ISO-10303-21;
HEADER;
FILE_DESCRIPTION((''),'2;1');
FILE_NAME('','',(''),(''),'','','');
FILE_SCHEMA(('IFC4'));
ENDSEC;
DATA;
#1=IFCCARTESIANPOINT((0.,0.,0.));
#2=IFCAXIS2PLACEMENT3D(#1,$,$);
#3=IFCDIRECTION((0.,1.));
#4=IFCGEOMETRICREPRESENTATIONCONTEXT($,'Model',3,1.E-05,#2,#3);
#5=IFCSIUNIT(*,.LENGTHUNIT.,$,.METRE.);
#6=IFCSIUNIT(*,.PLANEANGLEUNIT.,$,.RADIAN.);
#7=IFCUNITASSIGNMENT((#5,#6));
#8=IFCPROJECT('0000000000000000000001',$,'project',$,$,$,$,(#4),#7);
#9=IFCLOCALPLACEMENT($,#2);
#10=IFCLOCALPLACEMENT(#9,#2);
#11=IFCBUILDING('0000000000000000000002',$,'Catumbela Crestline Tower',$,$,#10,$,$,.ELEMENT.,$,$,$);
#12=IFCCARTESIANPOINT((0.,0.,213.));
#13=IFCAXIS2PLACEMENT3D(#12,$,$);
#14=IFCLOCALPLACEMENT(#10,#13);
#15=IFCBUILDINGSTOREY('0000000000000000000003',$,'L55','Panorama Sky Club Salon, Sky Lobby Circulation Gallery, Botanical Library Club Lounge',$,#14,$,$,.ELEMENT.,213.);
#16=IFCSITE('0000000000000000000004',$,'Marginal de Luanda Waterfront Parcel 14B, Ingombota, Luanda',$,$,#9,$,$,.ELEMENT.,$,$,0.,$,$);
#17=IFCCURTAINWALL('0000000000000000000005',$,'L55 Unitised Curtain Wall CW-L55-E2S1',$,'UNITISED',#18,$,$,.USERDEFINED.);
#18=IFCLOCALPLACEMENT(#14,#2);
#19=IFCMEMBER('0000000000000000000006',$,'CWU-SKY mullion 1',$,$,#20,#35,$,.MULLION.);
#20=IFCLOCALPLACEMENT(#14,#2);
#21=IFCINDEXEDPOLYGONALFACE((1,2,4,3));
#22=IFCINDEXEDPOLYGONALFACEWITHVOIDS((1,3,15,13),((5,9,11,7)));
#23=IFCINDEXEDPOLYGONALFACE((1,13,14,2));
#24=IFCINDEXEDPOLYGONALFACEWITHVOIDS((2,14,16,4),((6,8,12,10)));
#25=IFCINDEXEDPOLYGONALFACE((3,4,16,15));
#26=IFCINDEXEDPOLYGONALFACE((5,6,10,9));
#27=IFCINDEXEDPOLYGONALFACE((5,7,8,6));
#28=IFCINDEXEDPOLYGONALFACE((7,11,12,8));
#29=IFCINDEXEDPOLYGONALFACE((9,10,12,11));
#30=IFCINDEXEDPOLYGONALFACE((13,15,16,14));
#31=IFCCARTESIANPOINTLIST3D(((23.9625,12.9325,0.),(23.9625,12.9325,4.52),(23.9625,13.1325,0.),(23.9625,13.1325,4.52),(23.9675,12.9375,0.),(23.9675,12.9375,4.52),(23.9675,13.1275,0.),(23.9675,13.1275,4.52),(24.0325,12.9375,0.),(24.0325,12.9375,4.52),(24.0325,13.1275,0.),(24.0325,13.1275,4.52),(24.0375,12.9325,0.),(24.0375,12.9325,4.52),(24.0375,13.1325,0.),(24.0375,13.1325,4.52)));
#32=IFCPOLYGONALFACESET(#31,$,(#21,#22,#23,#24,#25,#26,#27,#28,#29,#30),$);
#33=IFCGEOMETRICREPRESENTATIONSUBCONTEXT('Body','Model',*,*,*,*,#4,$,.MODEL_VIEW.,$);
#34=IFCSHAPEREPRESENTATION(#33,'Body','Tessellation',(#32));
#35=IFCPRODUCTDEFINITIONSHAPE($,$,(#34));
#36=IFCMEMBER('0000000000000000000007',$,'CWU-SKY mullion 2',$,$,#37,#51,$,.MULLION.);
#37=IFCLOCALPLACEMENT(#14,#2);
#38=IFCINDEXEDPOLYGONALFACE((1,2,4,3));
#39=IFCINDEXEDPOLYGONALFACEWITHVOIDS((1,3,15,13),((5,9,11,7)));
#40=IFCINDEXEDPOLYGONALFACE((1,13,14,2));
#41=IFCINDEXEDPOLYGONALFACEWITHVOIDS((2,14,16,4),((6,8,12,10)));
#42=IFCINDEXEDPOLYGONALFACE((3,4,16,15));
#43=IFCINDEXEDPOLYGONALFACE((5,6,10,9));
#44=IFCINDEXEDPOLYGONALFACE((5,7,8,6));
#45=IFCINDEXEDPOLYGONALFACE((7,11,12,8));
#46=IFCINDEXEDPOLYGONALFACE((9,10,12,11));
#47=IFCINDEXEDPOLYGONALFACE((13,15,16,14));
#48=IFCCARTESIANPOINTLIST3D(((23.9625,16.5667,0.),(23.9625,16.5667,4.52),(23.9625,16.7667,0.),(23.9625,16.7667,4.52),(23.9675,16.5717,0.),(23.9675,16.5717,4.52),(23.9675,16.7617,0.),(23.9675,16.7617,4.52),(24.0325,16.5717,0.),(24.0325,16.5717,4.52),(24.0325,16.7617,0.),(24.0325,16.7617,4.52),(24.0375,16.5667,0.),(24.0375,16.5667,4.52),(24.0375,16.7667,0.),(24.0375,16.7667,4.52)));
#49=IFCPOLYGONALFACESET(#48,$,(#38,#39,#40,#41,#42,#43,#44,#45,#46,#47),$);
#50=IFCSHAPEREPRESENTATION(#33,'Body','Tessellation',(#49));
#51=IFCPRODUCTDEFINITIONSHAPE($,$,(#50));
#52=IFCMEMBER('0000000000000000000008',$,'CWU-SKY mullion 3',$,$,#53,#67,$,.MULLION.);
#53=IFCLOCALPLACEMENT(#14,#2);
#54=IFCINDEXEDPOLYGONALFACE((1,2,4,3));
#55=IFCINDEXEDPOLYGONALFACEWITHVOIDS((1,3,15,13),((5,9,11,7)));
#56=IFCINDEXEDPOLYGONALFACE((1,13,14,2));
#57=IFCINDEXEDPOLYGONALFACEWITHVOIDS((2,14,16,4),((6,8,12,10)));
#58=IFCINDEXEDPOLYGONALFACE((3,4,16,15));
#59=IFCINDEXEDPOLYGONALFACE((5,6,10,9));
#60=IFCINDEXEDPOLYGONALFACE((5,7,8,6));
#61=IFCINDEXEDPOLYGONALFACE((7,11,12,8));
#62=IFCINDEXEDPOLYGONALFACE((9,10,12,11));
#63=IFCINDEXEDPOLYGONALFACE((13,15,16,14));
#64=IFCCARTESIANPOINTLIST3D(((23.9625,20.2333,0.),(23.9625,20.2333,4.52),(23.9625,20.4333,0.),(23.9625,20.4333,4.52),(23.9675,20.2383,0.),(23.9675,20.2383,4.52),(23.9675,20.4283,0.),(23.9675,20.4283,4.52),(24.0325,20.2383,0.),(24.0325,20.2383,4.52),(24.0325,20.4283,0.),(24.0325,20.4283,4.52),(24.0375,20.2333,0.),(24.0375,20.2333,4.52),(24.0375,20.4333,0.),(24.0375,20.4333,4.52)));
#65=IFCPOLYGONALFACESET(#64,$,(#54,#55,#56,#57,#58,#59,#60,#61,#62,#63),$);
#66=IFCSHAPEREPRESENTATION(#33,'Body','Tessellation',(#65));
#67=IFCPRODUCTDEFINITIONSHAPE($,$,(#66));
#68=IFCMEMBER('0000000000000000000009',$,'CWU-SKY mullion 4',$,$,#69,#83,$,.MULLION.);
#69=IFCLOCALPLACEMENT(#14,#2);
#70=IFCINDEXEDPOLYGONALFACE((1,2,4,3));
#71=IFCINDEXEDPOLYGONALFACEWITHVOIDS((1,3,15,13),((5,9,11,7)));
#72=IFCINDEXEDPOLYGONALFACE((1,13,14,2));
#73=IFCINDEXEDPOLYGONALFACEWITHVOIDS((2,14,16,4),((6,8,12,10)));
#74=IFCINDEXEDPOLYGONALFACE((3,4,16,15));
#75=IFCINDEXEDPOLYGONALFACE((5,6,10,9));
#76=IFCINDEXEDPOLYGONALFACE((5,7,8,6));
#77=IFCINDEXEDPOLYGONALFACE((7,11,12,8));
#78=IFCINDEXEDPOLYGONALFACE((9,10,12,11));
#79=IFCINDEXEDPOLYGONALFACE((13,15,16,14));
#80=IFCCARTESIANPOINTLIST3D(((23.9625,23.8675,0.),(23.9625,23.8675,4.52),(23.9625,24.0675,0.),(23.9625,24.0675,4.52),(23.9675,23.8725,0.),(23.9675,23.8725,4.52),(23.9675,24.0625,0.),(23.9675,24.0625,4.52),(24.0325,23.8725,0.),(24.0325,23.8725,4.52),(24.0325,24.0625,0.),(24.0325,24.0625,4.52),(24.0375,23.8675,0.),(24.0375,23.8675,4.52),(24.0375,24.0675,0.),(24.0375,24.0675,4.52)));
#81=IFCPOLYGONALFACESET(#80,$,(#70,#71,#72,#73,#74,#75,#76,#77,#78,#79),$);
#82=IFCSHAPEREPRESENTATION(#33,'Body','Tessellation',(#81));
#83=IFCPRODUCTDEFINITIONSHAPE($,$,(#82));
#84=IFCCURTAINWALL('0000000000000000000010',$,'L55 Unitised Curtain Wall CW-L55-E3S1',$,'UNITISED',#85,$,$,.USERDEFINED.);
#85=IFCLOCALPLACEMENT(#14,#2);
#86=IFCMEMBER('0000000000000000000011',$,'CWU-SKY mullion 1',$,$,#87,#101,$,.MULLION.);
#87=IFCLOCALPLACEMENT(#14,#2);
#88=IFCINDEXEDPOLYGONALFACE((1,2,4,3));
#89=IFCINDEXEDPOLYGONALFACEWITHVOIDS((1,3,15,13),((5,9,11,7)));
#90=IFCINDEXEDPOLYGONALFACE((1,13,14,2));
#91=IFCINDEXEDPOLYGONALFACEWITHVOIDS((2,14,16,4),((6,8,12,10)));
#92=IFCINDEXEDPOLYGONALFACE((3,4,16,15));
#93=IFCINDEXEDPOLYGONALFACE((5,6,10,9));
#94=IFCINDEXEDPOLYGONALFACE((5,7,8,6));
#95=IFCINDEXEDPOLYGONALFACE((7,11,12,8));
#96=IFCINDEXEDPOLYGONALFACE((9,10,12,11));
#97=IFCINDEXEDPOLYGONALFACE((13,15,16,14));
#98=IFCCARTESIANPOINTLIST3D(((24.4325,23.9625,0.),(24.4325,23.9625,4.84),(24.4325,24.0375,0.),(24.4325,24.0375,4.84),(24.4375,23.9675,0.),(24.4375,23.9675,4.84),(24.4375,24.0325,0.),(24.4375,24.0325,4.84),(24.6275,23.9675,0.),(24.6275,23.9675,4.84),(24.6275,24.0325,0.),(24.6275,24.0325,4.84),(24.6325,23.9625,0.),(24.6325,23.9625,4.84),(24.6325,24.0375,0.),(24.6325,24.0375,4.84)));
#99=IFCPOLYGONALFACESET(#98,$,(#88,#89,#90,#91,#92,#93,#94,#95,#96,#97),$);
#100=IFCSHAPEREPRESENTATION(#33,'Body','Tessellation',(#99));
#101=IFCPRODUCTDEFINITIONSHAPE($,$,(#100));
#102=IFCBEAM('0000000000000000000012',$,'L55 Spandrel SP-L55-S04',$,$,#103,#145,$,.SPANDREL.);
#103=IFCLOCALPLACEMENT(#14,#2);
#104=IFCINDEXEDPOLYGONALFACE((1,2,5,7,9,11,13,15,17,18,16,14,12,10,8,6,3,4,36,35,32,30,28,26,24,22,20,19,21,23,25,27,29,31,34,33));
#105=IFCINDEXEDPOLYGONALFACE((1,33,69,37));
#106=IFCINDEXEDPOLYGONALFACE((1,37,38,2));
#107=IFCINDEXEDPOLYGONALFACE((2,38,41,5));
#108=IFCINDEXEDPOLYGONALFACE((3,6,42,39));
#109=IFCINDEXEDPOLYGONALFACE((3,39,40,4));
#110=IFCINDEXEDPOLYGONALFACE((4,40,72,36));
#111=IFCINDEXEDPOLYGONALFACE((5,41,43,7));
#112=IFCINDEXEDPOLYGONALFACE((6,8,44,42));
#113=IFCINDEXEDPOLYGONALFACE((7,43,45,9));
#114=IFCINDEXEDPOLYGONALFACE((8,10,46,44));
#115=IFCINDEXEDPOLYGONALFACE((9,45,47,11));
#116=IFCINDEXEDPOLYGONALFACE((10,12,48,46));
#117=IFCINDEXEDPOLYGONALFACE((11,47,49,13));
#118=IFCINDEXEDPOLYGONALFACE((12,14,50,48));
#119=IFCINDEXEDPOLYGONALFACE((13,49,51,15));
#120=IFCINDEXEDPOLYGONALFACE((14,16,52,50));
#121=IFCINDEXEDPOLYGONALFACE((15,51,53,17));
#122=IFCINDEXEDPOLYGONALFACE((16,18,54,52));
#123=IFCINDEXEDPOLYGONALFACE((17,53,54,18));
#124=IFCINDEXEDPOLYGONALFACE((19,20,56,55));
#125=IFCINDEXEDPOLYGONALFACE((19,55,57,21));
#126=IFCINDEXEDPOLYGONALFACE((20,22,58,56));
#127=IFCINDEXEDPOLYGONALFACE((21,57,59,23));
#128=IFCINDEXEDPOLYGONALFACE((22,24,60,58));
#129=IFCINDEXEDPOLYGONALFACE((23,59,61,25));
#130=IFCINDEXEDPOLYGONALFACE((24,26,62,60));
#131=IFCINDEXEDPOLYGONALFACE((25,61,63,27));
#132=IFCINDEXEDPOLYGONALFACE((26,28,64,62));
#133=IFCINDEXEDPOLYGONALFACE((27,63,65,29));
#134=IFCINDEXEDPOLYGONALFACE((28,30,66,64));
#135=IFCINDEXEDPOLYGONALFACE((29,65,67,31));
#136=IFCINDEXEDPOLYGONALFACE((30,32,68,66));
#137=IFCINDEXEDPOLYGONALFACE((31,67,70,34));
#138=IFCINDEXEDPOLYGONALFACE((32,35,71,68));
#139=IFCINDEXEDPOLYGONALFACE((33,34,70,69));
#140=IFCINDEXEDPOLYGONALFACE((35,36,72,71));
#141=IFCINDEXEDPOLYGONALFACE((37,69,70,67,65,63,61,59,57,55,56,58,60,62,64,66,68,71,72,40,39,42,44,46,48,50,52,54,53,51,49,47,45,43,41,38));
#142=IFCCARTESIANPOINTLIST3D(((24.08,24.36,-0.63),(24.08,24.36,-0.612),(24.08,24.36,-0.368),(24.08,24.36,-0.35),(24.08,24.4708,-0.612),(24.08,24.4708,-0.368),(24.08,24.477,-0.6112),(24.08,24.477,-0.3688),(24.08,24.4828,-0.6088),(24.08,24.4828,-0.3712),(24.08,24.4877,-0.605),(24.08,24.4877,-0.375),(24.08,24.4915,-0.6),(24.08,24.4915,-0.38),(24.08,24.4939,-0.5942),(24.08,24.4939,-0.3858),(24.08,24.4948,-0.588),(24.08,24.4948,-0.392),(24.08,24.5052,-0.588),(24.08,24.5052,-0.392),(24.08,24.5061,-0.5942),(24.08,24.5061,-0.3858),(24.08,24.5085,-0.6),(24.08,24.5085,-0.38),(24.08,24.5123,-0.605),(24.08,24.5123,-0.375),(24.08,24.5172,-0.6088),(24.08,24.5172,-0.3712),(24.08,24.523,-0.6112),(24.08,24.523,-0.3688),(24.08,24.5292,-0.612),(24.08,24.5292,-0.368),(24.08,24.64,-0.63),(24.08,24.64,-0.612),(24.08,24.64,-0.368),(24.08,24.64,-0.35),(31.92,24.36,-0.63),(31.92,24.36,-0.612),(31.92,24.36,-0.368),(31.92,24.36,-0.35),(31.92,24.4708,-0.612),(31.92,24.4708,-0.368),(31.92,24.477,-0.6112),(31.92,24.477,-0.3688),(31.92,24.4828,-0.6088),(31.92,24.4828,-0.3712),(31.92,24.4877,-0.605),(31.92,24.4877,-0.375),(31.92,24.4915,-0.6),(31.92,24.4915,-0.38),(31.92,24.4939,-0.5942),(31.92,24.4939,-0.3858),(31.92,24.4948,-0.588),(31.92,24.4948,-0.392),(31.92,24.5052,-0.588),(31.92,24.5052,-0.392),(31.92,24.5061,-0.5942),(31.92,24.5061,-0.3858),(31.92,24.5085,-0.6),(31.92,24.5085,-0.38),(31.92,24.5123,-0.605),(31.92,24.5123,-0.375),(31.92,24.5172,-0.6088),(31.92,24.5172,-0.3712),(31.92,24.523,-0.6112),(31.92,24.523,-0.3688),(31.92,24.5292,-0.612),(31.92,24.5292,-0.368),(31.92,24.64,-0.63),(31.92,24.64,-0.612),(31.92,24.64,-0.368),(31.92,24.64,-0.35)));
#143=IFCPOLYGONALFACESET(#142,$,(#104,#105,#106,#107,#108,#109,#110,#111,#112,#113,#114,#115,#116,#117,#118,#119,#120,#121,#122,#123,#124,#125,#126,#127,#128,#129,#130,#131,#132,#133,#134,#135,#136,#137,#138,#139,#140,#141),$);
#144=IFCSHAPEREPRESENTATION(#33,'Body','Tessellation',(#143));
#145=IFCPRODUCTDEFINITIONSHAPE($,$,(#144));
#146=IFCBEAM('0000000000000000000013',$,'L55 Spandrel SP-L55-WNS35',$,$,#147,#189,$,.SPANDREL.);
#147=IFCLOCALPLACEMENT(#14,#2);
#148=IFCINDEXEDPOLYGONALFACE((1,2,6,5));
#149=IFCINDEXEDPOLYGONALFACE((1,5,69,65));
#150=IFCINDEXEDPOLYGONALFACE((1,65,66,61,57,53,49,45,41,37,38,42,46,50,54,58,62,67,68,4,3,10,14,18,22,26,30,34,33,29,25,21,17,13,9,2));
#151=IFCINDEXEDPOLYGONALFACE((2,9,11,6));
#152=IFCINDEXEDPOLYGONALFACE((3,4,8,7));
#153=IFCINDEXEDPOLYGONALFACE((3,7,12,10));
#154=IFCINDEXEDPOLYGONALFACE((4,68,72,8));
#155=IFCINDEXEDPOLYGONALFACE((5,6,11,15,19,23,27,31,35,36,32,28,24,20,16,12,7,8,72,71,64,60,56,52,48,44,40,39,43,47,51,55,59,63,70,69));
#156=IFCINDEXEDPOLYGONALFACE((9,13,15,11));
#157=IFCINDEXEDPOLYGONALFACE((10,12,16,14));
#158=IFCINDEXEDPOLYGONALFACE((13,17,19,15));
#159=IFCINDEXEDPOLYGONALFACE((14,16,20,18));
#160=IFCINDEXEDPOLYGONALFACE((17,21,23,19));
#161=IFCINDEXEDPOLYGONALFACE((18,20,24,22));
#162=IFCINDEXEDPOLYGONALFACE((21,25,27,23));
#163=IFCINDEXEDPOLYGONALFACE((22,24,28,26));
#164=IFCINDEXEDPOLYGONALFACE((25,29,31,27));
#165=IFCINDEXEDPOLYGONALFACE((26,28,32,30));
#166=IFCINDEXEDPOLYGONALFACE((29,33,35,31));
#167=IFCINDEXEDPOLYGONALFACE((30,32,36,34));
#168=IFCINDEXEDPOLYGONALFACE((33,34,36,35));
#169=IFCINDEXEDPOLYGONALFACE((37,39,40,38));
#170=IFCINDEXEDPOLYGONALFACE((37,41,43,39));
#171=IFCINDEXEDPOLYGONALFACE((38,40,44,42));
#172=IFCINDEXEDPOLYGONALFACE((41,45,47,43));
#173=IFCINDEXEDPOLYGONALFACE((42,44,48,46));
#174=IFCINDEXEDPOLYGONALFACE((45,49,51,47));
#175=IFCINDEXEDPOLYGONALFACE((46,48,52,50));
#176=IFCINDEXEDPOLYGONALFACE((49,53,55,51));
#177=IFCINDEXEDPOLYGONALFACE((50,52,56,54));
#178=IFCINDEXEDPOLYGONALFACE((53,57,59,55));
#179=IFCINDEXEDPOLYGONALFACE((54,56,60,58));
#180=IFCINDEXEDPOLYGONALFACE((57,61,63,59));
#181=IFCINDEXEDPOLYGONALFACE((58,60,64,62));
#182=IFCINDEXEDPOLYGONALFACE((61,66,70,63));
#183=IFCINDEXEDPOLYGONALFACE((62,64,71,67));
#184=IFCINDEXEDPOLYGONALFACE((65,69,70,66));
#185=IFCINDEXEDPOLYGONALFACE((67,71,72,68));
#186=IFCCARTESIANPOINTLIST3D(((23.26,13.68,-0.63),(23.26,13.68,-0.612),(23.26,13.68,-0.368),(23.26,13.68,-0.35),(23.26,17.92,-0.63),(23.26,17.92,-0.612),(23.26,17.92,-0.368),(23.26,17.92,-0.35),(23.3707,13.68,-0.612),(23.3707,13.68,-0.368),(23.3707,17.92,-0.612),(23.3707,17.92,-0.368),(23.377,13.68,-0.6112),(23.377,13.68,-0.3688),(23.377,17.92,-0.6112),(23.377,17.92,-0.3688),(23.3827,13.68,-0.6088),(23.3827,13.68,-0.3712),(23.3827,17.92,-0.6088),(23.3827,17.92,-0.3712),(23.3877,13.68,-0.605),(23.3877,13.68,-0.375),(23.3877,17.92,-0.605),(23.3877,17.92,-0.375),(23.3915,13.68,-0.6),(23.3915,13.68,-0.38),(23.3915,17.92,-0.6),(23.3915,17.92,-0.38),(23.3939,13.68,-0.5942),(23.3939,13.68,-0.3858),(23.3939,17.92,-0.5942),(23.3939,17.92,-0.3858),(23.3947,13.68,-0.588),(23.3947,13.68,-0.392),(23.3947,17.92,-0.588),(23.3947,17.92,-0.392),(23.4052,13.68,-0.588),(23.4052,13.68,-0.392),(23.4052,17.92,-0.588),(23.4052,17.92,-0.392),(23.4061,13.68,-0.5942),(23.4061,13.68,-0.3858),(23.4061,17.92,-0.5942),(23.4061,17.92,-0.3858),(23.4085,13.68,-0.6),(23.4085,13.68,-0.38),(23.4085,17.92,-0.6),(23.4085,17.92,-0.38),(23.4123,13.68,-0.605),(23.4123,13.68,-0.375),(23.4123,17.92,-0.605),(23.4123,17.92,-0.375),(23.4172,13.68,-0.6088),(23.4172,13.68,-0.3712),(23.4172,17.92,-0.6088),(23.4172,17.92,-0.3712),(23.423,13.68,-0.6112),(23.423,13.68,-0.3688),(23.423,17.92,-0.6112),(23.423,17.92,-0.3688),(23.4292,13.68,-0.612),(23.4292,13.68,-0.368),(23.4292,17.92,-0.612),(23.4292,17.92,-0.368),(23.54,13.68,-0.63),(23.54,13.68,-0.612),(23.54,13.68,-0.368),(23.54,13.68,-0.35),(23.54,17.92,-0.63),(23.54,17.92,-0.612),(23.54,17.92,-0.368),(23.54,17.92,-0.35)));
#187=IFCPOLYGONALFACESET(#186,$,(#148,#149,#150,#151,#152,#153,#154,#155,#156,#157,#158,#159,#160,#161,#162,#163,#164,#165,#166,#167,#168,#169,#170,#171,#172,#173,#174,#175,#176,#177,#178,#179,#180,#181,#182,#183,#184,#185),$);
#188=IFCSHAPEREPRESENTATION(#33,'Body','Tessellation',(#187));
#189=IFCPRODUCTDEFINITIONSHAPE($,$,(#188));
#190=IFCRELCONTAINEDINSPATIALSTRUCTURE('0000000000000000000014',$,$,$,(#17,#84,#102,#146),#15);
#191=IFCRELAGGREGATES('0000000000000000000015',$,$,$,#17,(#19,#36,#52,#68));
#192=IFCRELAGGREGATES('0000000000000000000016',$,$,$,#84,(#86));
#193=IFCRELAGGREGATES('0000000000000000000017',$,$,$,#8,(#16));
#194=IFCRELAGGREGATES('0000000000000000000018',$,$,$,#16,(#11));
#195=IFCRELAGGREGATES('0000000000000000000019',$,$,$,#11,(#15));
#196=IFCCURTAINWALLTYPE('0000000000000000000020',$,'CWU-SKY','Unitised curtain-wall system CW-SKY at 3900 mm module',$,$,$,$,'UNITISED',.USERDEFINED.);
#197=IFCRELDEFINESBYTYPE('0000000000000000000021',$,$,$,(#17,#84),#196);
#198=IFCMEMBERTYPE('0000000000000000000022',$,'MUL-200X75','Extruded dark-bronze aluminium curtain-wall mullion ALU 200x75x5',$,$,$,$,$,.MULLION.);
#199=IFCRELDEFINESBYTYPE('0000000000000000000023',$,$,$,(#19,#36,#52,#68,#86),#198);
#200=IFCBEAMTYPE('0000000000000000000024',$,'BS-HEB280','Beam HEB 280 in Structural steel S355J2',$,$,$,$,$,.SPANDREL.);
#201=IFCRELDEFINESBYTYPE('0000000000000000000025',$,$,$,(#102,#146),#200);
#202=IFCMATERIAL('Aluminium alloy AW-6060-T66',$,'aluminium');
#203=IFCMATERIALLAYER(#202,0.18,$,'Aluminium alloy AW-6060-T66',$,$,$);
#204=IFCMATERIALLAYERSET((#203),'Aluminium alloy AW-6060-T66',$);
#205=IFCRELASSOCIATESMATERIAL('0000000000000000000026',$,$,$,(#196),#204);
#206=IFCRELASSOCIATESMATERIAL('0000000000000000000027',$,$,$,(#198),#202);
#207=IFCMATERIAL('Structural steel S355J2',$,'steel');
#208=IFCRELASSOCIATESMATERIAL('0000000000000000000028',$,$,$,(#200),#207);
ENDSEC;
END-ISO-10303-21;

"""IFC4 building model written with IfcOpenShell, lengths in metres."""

from ifc_helpers import new_model, si_unit, direction, frame, origin, origin_2d, place, context, subcontext, project, spatial, hollow_rectangle, i_section, extrude, material, layer, layer_set, material_profile, profile_set, type_object, element, aggregate, save


model = new_model("IFC4")

# Units and contexts
model_context = context("Model", 3, precision=1e-05, world=origin(), true_north=direction((0.0, 1.0)))
body_context = subcontext(model_context, "Body", "Model", "MODEL_VIEW")
ifc_project = project(units=[si_unit("LENGTHUNIT", "METRE"), si_unit("PLANEANGLEUNIT", "RADIAN")], contexts=[model_context])

# Site, building, storey
site_placement = place(None, origin())
site = spatial("IfcSite", under=ifc_project, at=site_placement, Name="Marginal de Luanda Waterfront Parcel 14B, Ingombota, Luanda", CompositionType="ELEMENT", RefElevation=0.0)
building_placement = place(site_placement, origin())
building = spatial("IfcBuilding", under=site, at=building_placement, Name="Catumbela Crestline Tower", CompositionType="ELEMENT")
storey_placement = place(building_placement, frame((0.0, 0.0, 213.0)))
storey = spatial("IfcBuildingStorey", under=building, at=storey_placement, Name="L55", Description="Panorama Sky Club Salon, Sky Lobby Circulation Gallery, Botanical Library Club Lounge", CompositionType="ELEMENT", Elevation=213.0)

# Shared definitions
ifc_material_1 = material(Name="Structural steel S355J2", Category="steel")

# Curtain wall, members
ifc_material_2 = material(Name="Aluminium alloy AW-6060-T66", Category="aluminium")
ifc_layer_1 = layer(ifc_material_2, 0.18, Name="Aluminium alloy AW-6060-T66")
ifc_layer_set_1 = layer_set([ifc_layer_1], Name="Aluminium alloy AW-6060-T66")
curtain_wall_type = type_object("IfcCurtainWallType", Name="CWU-SKY", Description="Unitised curtain-wall system CW-SKY at 3900 mm module", ElementType="UNITISED", PredefinedType="USERDEFINED", material=ifc_layer_set_1)
curtain_wall_1_placement = place(storey_placement, origin())
curtain_wall_1 = element("IfcCurtainWall", 1, at=curtain_wall_1_placement, inside=storey, type_object=curtain_wall_type, Name="L55 Unitised Curtain Wall CW-L55-E2S1", ObjectType="UNITISED", PredefinedType="USERDEFINED")
ifc_material_profile_1 = material_profile(ifc_material_2, hollow_rectangle(XDim=0.075, YDim=0.2, WallThickness=0.005, at=origin_2d()), Name="ALU 200x75x5")
ifc_profile_set_1 = profile_set([ifc_material_profile_1], Name="Aluminium alloy AW-6060-T66")
member_type_1 = type_object("IfcMemberType", Name="MUL-200X75", Description="Extruded dark-bronze aluminium curtain-wall mullion ALU 200x75x5", PredefinedType="MULLION", material=ifc_profile_set_1)
member_1_placement = place(storey_placement, frame((24.0, 13.0325, 0.0), z_axis=(0.0, 0.0, 1.0), x_axis=(-1.0, 0.0, 0.0)))
member_1 = element("IfcMember", 2, at=member_1_placement, type_object=member_type_1, Name="CWU-SKY mullion 1", PredefinedType="MULLION", context=body_context, shape_type="SweptSolid", body=[
    extrude(hollow_rectangle(XDim=0.075, YDim=0.2, WallThickness=0.005, at=origin_2d()), origin(), (0.0, 0.0, 1.0), 4.52),
])
member_2_placement = place(storey_placement, frame((24.0, 16.6667, 0.0), z_axis=(0.0, 0.0, 1.0), x_axis=(-1.0, 0.0, 0.0)))
member_2 = element("IfcMember", 3, at=member_2_placement, type_object=member_type_1, Name="CWU-SKY mullion 2", PredefinedType="MULLION", context=body_context, shape_type="SweptSolid", body=[
    extrude(hollow_rectangle(XDim=0.075, YDim=0.2, WallThickness=0.005, at=origin_2d()), origin(), (0.0, 0.0, 1.0), 4.52),
])
member_3_placement = place(storey_placement, frame((24.0, 20.3333, 0.0), z_axis=(0.0, 0.0, 1.0), x_axis=(-1.0, 0.0, 0.0)))
member_3 = element("IfcMember", 4, at=member_3_placement, type_object=member_type_1, Name="CWU-SKY mullion 3", PredefinedType="MULLION", context=body_context, shape_type="SweptSolid", body=[
    extrude(hollow_rectangle(XDim=0.075, YDim=0.2, WallThickness=0.005, at=origin_2d()), origin(), (0.0, 0.0, 1.0), 4.52),
])
member_4_placement = place(storey_placement, frame((24.0, 23.9675, 0.0), z_axis=(0.0, 0.0, 1.0), x_axis=(-1.0, 0.0, 0.0)))
member_4 = element("IfcMember", 5, at=member_4_placement, type_object=member_type_1, Name="CWU-SKY mullion 4", PredefinedType="MULLION", context=body_context, shape_type="SweptSolid", body=[
    extrude(hollow_rectangle(XDim=0.075, YDim=0.2, WallThickness=0.005, at=origin_2d()), origin(), (0.0, 0.0, 1.0), 4.52),
])

# Curtain wall, member
curtain_wall_2_placement = place(storey_placement, origin())
curtain_wall_2 = element("IfcCurtainWall", 6, at=curtain_wall_2_placement, inside=storey, type_object=curtain_wall_type, Name="L55 Unitised Curtain Wall CW-L55-E3S1", ObjectType="UNITISED", PredefinedType="USERDEFINED")
member_5_placement = place(storey_placement, frame((24.5325, 24.0, 0.0), z_axis=(0.0, 0.0, 1.0), x_axis=(0.0, 1.0, 0.0)))
member_5 = element("IfcMember", 7, at=member_5_placement, type_object=member_type_1, Name="CWU-SKY mullion 1", PredefinedType="MULLION", context=body_context, shape_type="SweptSolid", body=[
    extrude(hollow_rectangle(XDim=0.075, YDim=0.2, WallThickness=0.005, at=origin_2d()), origin(), (0.0, 0.0, 1.0), 4.84),
])

# Beams
ifc_material_profile_2 = material_profile(ifc_material_1, i_section(OverallWidth=0.28, OverallDepth=0.28, WebThickness=0.0105, FlangeThickness=0.018, FilletRadius=0.024, at=origin_2d()), Name="HEB 280")
ifc_profile_set_2 = profile_set([ifc_material_profile_2], Name="Structural steel S355J2")
beam_type_1 = type_object("IfcBeamType", Name="BS-HEB280", Description="Beam HEB 280 in Structural steel S355J2", PredefinedType="SPANDREL", material=ifc_profile_set_2)
beam_1_placement = place(storey_placement, frame((24.08, 24.5, -0.49), z_axis=(1.0, 0.0, 0.0), x_axis=(0.0, 1.0, 0.0)))
element("IfcBeam", 8, at=beam_1_placement, inside=storey, type_object=beam_type_1, Name="L55 Spandrel SP-L55-S04", PredefinedType="SPANDREL", context=body_context, shape_type="SweptSolid", body=[
    extrude(i_section(OverallWidth=0.28, OverallDepth=0.28, WebThickness=0.0105, FlangeThickness=0.018, FilletRadius=0.024, at=origin_2d()), origin(), (0.0, 0.0, 1.0), 7.84),
])
beam_2_placement = place(storey_placement, frame((23.4, 13.68, -0.49), z_axis=(0.0, 1.0, 0.0), x_axis=(-1.0, 0.0, 0.0)))
element("IfcBeam", 9, at=beam_2_placement, inside=storey, type_object=beam_type_1, Name="L55 Spandrel SP-L55-WNS35", PredefinedType="SPANDREL", context=body_context, shape_type="SweptSolid", body=[
    extrude(i_section(OverallWidth=0.28, OverallDepth=0.28, WebThickness=0.0105, FlangeThickness=0.018, FilletRadius=0.024, at=origin_2d()), origin(), (0.0, 0.0, 1.0), 4.24),
])

aggregate(curtain_wall_1, [member_1, member_2, member_3, member_4])
aggregate(curtain_wall_2, [member_5])

save(model, "model.ifc")
